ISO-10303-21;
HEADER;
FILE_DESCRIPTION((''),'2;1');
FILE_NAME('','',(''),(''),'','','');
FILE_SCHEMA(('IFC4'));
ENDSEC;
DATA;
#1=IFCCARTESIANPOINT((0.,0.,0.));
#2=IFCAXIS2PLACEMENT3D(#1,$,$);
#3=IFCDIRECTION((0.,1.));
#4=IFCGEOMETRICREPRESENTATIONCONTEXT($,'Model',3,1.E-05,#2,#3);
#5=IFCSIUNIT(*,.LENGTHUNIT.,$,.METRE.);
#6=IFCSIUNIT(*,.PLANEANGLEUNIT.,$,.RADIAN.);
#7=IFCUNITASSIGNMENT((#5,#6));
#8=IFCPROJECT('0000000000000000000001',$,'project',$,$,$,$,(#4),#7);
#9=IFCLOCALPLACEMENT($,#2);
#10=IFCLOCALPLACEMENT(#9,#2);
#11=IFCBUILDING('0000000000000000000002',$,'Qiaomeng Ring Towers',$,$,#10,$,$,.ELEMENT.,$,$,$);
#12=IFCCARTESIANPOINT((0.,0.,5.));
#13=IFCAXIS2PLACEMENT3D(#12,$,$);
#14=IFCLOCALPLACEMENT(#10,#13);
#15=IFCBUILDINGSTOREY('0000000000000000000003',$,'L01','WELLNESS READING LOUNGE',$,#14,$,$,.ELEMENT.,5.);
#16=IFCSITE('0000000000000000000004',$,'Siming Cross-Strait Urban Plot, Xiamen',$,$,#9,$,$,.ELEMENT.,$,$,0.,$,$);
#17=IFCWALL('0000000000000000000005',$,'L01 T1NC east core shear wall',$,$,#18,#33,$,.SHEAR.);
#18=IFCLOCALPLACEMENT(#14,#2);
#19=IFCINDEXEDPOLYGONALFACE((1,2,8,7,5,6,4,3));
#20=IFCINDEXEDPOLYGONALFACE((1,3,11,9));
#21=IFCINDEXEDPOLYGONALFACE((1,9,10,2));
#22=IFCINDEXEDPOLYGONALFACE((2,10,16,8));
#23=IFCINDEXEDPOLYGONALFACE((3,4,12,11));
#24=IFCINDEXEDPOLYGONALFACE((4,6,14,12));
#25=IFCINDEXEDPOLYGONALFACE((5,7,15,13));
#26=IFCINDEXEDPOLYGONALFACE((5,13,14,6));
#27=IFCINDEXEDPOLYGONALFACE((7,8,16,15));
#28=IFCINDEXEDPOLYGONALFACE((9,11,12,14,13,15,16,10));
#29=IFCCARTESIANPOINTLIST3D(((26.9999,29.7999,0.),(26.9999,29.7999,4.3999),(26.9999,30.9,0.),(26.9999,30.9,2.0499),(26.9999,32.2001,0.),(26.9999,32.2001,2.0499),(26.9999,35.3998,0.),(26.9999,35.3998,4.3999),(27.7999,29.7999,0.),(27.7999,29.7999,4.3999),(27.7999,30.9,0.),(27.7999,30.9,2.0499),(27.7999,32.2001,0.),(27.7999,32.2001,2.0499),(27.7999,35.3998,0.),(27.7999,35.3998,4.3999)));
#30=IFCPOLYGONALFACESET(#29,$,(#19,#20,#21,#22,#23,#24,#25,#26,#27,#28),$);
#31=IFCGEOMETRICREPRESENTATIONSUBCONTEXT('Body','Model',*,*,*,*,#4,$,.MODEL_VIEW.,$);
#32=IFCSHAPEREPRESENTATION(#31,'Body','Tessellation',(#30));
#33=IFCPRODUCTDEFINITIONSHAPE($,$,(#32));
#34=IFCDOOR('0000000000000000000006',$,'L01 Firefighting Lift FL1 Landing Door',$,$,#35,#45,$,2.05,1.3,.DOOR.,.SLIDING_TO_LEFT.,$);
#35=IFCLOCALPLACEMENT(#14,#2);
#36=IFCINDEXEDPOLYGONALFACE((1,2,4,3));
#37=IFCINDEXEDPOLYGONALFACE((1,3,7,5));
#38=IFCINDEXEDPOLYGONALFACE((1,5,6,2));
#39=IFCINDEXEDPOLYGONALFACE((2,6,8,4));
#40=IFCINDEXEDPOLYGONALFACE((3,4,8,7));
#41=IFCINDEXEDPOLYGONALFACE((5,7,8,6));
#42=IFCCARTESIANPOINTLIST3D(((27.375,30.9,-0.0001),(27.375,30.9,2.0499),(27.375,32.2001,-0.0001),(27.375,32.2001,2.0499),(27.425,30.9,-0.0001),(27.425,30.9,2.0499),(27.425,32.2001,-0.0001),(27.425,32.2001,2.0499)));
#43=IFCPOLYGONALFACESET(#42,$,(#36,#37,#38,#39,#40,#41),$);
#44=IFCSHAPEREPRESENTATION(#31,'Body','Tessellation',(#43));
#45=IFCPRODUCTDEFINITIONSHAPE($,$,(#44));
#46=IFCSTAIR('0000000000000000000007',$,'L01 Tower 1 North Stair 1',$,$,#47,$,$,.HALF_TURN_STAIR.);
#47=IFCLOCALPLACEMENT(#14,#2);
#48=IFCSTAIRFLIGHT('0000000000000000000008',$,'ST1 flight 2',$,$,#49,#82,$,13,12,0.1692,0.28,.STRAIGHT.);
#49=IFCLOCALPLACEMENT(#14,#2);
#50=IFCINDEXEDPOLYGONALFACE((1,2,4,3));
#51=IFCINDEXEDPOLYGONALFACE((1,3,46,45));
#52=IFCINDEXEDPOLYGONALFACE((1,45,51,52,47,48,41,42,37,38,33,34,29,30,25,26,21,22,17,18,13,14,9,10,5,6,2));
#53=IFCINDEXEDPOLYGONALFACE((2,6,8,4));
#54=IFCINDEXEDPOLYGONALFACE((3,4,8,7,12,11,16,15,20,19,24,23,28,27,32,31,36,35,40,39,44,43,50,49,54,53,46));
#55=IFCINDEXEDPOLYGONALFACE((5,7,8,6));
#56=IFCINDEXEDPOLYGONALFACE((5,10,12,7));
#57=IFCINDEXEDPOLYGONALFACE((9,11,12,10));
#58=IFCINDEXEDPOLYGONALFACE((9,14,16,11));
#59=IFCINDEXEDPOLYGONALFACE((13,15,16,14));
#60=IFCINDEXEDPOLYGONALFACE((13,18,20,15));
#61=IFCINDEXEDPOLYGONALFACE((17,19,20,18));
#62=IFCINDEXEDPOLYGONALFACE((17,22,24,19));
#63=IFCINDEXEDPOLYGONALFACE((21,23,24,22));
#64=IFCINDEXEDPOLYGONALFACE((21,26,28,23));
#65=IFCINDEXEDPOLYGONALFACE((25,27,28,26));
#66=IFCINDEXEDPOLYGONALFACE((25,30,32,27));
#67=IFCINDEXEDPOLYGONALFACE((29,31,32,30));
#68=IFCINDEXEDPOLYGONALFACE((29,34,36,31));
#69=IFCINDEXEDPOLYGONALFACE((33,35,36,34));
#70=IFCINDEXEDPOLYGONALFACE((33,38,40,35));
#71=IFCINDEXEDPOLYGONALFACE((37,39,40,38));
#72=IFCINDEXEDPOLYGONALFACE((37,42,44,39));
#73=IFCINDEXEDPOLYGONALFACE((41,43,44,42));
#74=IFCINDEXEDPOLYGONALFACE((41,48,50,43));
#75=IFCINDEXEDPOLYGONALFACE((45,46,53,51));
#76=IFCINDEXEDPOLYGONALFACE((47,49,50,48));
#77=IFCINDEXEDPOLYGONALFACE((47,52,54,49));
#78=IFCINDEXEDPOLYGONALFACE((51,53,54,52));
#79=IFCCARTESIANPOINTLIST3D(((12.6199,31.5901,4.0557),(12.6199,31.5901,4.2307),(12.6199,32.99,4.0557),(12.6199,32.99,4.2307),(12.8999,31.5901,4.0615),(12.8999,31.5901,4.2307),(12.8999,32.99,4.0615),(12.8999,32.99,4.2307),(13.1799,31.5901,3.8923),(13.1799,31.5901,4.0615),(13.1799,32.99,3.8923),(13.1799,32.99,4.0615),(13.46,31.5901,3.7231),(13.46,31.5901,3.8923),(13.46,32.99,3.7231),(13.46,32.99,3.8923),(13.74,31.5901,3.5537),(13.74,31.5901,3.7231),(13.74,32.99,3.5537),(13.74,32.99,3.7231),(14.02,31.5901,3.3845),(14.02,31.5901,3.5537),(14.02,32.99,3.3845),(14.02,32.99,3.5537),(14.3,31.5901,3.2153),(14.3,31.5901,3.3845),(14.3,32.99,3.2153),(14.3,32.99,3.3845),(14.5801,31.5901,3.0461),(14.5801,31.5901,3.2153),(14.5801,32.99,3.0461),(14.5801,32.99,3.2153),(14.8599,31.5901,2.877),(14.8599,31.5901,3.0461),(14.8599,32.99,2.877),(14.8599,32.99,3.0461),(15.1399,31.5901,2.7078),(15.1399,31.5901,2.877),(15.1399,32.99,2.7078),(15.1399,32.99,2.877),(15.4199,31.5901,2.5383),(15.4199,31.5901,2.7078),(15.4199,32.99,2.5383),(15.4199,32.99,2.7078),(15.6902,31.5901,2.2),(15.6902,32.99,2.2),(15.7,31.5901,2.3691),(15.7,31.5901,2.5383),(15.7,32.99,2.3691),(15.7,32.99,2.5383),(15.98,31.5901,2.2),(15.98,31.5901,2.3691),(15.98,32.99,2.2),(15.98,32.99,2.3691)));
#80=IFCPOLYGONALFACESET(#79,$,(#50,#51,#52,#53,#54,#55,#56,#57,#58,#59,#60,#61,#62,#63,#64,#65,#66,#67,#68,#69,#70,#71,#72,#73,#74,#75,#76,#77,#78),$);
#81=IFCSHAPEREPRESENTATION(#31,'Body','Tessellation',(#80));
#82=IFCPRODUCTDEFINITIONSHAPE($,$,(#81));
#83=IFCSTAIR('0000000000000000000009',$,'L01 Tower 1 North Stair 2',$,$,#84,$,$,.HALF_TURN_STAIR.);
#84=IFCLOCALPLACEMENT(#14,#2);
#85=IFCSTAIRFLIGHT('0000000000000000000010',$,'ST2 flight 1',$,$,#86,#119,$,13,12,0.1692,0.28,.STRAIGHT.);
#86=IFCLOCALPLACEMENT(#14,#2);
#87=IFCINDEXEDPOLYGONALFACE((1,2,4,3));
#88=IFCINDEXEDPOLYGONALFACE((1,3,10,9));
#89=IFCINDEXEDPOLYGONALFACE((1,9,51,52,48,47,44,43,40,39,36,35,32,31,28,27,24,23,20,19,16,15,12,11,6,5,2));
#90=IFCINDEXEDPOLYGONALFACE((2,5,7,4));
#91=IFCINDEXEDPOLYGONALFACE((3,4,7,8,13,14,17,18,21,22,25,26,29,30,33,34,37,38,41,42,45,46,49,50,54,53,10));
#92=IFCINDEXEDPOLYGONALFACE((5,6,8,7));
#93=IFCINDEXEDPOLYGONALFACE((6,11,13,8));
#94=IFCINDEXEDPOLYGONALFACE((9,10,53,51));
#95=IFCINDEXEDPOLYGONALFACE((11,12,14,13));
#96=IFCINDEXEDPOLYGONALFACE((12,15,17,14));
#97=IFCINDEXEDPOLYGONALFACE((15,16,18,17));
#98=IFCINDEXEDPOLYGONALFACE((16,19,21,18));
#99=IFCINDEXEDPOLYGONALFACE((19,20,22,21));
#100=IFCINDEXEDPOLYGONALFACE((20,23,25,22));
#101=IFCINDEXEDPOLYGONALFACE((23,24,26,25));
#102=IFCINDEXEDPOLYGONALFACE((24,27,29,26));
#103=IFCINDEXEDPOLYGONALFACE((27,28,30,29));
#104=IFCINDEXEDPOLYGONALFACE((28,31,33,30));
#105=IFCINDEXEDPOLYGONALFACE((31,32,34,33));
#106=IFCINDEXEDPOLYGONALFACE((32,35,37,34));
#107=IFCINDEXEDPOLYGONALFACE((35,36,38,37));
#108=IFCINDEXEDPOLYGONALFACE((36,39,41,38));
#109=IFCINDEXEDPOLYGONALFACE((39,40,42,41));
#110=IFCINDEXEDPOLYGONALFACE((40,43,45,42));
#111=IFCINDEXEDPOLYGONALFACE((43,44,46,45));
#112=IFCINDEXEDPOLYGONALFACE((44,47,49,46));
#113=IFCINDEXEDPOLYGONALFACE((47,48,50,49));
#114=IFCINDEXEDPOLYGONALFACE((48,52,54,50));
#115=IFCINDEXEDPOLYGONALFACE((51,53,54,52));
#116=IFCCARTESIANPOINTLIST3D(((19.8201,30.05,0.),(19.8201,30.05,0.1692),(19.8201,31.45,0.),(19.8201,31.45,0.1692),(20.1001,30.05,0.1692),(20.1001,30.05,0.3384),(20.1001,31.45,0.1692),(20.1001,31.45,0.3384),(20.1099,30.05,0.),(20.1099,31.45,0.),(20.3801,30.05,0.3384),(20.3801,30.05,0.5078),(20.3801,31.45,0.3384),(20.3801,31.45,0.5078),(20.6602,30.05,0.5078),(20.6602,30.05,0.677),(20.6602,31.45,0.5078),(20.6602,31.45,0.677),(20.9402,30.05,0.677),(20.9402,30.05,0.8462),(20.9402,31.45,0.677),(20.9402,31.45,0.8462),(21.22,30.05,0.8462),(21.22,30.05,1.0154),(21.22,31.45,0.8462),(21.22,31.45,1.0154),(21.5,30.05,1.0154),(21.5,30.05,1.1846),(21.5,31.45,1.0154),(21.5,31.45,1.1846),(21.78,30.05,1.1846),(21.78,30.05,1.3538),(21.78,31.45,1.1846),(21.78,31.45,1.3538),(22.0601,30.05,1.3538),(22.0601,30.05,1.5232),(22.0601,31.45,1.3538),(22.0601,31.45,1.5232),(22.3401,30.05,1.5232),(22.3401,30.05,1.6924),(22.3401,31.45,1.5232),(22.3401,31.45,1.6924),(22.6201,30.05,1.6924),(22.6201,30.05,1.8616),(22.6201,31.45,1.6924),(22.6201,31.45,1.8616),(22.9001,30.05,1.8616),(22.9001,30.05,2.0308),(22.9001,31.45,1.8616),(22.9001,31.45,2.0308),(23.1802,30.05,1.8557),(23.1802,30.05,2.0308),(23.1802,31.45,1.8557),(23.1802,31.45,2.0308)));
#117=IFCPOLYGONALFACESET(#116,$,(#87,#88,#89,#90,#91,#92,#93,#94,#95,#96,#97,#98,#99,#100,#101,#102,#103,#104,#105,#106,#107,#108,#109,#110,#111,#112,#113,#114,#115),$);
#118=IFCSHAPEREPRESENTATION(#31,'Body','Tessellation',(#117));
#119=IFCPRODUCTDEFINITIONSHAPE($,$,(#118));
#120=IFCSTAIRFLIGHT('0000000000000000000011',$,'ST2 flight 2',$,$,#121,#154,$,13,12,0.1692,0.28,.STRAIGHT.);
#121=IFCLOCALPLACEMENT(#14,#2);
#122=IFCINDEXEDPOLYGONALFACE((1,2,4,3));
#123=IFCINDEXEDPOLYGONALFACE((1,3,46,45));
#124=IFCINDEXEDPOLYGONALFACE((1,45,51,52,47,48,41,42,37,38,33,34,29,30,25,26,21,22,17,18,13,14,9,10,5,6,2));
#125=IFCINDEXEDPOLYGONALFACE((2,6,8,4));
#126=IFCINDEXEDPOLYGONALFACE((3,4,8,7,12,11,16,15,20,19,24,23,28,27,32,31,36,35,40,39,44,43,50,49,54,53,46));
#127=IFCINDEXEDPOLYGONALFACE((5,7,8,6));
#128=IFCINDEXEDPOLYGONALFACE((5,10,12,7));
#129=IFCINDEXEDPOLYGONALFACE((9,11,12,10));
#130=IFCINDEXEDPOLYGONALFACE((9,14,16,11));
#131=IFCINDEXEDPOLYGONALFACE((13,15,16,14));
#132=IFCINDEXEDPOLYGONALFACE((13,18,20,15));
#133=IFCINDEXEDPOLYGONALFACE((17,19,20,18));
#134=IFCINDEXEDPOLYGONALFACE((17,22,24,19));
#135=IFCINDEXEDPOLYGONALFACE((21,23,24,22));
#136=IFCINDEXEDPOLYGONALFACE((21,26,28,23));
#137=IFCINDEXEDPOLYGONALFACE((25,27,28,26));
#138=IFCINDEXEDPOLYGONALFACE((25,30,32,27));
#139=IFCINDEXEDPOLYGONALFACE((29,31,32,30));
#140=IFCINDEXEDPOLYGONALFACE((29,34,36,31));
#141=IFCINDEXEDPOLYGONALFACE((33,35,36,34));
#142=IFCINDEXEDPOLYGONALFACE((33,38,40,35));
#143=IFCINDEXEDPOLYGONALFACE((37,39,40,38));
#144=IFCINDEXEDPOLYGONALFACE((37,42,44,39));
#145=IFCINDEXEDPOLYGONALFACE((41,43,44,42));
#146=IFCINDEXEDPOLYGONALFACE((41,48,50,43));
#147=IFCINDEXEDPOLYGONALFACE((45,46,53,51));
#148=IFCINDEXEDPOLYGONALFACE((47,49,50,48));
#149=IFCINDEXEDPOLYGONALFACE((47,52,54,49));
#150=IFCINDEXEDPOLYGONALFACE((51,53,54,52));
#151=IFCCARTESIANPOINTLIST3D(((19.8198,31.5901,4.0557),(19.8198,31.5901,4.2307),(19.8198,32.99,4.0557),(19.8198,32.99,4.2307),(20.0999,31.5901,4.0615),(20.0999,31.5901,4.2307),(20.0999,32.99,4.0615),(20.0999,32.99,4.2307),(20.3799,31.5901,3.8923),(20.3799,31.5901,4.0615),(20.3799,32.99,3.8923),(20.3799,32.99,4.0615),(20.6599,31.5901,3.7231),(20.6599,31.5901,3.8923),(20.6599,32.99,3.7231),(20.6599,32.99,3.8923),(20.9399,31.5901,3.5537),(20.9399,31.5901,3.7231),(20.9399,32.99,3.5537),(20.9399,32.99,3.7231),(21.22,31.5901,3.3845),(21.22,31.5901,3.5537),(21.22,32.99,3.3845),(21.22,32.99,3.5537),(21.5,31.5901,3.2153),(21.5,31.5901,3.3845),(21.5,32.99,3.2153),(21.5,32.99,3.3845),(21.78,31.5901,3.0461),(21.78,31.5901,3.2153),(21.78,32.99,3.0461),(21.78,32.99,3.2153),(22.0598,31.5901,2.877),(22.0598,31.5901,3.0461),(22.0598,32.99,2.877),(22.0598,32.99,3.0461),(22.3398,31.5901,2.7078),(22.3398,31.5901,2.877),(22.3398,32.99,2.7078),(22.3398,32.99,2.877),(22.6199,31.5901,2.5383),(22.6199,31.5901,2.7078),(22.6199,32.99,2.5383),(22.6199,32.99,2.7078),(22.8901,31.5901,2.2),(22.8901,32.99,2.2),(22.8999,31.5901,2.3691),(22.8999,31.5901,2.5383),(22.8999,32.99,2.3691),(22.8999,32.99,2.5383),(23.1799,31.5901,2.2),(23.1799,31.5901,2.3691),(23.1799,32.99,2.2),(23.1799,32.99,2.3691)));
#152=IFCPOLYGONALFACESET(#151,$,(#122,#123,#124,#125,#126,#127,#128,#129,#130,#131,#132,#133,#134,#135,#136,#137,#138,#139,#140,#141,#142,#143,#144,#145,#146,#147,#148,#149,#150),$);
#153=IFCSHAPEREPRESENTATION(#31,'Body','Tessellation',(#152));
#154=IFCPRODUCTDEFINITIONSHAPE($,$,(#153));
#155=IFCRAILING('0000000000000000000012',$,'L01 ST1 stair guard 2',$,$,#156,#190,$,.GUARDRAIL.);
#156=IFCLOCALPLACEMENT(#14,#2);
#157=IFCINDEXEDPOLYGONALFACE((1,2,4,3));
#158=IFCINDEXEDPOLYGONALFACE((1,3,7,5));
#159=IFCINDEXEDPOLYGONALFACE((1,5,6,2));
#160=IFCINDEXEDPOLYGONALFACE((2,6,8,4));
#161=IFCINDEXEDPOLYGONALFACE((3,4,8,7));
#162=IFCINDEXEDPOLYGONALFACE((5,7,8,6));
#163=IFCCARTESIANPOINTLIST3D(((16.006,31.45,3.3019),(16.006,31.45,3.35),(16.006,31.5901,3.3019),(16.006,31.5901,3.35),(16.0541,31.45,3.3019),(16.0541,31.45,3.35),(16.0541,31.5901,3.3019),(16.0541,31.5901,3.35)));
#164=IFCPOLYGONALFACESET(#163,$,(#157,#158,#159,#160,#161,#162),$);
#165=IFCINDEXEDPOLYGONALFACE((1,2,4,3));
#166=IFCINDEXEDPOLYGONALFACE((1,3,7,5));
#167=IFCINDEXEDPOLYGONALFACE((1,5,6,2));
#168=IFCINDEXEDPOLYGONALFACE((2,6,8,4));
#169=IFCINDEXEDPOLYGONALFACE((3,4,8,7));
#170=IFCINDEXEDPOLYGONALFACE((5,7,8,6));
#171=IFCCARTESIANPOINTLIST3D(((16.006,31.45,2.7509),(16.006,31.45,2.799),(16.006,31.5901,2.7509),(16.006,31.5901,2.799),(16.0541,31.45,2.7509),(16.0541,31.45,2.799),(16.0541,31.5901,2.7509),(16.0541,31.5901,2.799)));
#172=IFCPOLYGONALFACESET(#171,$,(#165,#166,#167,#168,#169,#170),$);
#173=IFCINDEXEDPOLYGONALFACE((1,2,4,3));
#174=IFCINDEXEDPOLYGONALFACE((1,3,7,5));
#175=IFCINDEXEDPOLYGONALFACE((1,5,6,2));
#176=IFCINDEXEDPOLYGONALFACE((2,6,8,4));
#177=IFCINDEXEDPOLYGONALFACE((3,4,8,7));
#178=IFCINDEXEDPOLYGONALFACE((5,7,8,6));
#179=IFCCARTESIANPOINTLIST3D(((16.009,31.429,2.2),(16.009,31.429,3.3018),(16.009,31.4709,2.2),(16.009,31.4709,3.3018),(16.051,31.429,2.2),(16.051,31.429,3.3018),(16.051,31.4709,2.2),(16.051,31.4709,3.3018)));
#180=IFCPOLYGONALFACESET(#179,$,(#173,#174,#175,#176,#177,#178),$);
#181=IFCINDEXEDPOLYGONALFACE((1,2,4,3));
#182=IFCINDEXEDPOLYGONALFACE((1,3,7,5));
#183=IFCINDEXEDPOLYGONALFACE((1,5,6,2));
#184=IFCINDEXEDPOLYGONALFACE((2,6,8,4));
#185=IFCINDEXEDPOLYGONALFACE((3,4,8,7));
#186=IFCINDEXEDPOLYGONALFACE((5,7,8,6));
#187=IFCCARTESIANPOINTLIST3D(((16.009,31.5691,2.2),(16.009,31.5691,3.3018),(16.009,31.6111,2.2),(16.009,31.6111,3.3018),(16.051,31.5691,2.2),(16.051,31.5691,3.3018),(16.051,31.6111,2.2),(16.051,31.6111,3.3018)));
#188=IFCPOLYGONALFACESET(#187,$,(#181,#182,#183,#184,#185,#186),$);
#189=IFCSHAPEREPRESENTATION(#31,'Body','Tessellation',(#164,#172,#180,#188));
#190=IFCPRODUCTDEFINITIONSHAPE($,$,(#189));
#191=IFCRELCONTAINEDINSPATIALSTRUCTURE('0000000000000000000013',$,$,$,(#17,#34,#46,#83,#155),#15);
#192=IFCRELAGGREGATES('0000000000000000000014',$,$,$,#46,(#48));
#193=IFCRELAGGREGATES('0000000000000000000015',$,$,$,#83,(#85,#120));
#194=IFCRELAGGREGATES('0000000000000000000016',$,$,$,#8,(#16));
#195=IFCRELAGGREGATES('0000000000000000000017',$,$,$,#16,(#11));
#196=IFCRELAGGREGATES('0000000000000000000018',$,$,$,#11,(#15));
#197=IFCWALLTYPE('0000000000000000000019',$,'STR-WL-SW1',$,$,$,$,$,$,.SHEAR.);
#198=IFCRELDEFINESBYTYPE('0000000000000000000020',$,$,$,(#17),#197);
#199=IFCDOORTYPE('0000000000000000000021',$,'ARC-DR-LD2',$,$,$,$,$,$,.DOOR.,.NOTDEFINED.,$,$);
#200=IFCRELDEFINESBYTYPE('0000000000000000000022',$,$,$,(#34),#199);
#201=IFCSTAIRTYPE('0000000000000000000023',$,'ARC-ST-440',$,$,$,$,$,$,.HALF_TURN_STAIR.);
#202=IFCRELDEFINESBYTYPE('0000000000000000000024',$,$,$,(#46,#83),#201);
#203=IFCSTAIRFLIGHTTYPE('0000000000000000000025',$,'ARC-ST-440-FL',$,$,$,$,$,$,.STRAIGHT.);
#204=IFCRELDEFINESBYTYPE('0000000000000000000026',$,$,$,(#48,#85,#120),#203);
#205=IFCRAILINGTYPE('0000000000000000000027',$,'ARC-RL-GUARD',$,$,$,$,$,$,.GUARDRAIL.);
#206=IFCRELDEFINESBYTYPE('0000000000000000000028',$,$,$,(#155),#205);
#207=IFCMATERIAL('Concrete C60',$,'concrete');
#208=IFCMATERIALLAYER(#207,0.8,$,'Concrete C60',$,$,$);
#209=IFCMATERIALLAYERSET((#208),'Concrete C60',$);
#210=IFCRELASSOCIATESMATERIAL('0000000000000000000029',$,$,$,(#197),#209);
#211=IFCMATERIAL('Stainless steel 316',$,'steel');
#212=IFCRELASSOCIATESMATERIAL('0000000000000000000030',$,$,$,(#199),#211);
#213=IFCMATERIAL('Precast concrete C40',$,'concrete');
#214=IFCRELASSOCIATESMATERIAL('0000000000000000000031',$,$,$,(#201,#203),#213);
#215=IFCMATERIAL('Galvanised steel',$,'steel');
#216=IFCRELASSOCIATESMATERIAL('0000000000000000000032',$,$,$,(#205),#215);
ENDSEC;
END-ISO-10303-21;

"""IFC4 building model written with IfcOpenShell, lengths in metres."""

from ifc_helpers import new_model, si_unit, direction, frame, frame_2d, origin, origin_2d, place, context, subcontext, project, spatial, polyline, rectangle, outline, extrude, source, transform, mapped, material, layer, layer_set, type_object, element, fill, aggregate, save


model = new_model("IFC4")

# Units and contexts
model_context = context("Model", 3, precision=1e-05, world=origin(), true_north=direction((0.0, 1.0)))
body_context = subcontext(model_context, "Body", "Model", "MODEL_VIEW")
ifc_project = project(units=[si_unit("LENGTHUNIT", "METRE"), si_unit("PLANEANGLEUNIT", "RADIAN")], contexts=[model_context])

# Site, building, storey
site_placement = place(None, origin())
site = spatial("IfcSite", under=ifc_project, at=site_placement, Name="Siming Cross-Strait Urban Plot, Xiamen", CompositionType="ELEMENT", RefElevation=0.0)
building_placement = place(site_placement, origin())
building = spatial("IfcBuilding", under=site, at=building_placement, Name="Qiaomeng Ring Towers", CompositionType="ELEMENT")
storey_placement = place(building_placement, frame((0.0, 0.0, 5.0)))
storey = spatial("IfcBuildingStorey", under=building, at=storey_placement, Name="L01", Description="WELLNESS READING LOUNGE", CompositionType="ELEMENT", Elevation=5.0)

# Shared definitions
ifc_material_1 = material(Name="Galvanised steel", Category="steel")

# Wall, opening, door
ifc_material_2 = material(Name="Concrete C60", Category="concrete")
ifc_layer_1 = layer(ifc_material_2, 0.8, Name="Concrete C60")
ifc_layer_set_1 = layer_set([ifc_layer_1], Name="Concrete C60")
wall_type_1 = type_object("IfcWallType", Name="STR-WL-SW1", PredefinedType="SHEAR", material=ifc_layer_set_1)
wall_1_placement = place(storey_placement, frame((27.3999, 29.8, 0.0), z_axis=(0.0, 0.0, 1.0), x_axis=(0.0, 1.0, 0.0)))
wall_1 = element("IfcWall", 1, at=wall_1_placement, inside=storey, type_object=wall_type_1, Name="L01 T1NC east core shear wall", PredefinedType="SHEAR", context=body_context, shape_type="SweptSolid", body=[
    extrude(rectangle(XDim=5.5999, YDim=0.8, at=frame_2d((2.7998, 0.0))), origin(), (0.0, 0.0, 1.0), 4.3999),
])
opening_1_placement = place(wall_1_placement, frame((1.1001, 0.0, 0.0)))
opening_1 = element("IfcOpeningElement", 2, at=opening_1_placement, cuts=wall_1, PredefinedType="OPENING", context=body_context, shape_type="SweptSolid", body=[
    extrude(rectangle(XDim=1.3, YDim=2.05, at=frame_2d((0.6499, 1.0249))), frame((0.0, 0.4099, 0.0), z_axis=(0.0, -1.0, 0.0), x_axis=(1.0, 0.0, 0.0)), (0.0, 0.0, 1.0), 0.8201),
])
ifc_material_3 = material(Name="Stainless steel 316", Category="steel")
door_type_1 = type_object("IfcDoorType", Name="ARC-DR-LD2", OperationType="NOTDEFINED", PredefinedType="DOOR", material=ifc_material_3)
shared_shape_1 = source(origin(), body_context, "Body", "SweptSolid", [
    extrude(rectangle(XDim=1.3, YDim=2.05, at=frame_2d((0.6499, 1.0249))), frame((0.0, 0.0249, 0.0), z_axis=(0.0, -1.0, 0.0), x_axis=(1.0, 0.0, 0.0)), (0.0, 0.0, 1.0), 0.05),
])
door_1_placement = place(opening_1_placement, origin())
door_1 = element("IfcDoor", 3, at=door_1_placement, inside=storey, type_object=door_type_1, Name="L01 Firefighting Lift FL1 Landing Door", OperationType="SLIDING_TO_LEFT", OverallHeight=2.05, OverallWidth=1.3, PredefinedType="DOOR", context=body_context, shape_type="MappedRepresentation", body=[
    mapped(shared_shape_1, transform((0.0, 0.0, 0.0), x_axis=(1.0, 0.0, 0.0), y_axis=(0.0, 1.0, 0.0), z_axis=(0.0, 0.0, 1.0), scale=1.0)),
])
fill(opening_1, door_1)

# Stair, stair flight
ifc_material_4 = material(Name="Precast concrete C40", Category="concrete")
stair_type = type_object("IfcStairType", Name="ARC-ST-440", PredefinedType="HALF_TURN_STAIR", material=ifc_material_4)
stair_1_placement = place(storey_placement, origin())
stair_1 = element("IfcStair", 4, at=stair_1_placement, inside=storey, type_object=stair_type, Name="L01 Tower 1 North Stair 1", PredefinedType="HALF_TURN_STAIR")
stair_flight_type = type_object("IfcStairFlightType", Name="ARC-ST-440-FL", PredefinedType="STRAIGHT", material=ifc_material_4)
shared_shape_2 = source(origin(), body_context, "Body", "SweptSolid", [
    extrude(outline(polyline([(0.0, 0.0), (0.0, 0.1692), (0.28, 0.1692), (0.28, 0.3384), (0.5601, 0.3384), (0.5601, 0.5078), (0.8401, 0.5078), (0.8401, 0.677), (1.1201, 0.677), (1.1201, 0.8462), (1.3999, 0.8462), (1.3999, 1.0154), (1.6799, 1.0154), (1.6799, 1.1846), (1.96, 1.1846), (1.96, 1.3538), (2.24, 1.3538), (2.24, 1.5232), (2.52, 1.5232), (2.52, 1.6924), (2.8, 1.6924), (2.8, 1.8616), (3.0801, 1.8616), (3.0801, 2.0308), (3.3601, 2.0308), (3.3601, 2.2), (3.3601, 1.8557), (0.2898, 0.0), (0.0, 0.0)])), frame((0.0, 0.7, 0.0), z_axis=(0.0, -1.0, 0.0), x_axis=(1.0, 0.0, 0.0)), (0.0, 0.0, 1.0), 1.3999),
])
stair_flight_1_placement = place(storey_placement, frame((15.98, 32.29, 2.2), z_axis=(0.0, 0.0, 1.0), x_axis=(-1.0, 0.0, 0.0)))
stair_flight_1 = element("IfcStairFlight", 5, at=stair_flight_1_placement, type_object=stair_flight_type, Name="ST1 flight 2", NumberOfRisers=13, NumberOfTreads=12, PredefinedType="STRAIGHT", RiserHeight=0.1692, TreadLength=0.28, context=body_context, shape_type="MappedRepresentation", body=[
    mapped(shared_shape_2, transform((0.0, 0.0, 0.0), x_axis=(1.0, 0.0, 0.0), y_axis=(0.0, 1.0, 0.0), z_axis=(0.0, 0.0, 1.0), scale=1.0)),
])
aggregate(stair_1, [stair_flight_1])

# Stair, stair flights
stair_2_placement = place(storey_placement, origin())
stair_2 = element("IfcStair", 6, at=stair_2_placement, inside=storey, type_object=stair_type, Name="L01 Tower 1 North Stair 2", PredefinedType="HALF_TURN_STAIR")
stair_flight_2_placement = place(storey_placement, frame((19.8201, 30.75, 0.0), z_axis=(0.0, 0.0, 1.0), x_axis=(1.0, 0.0, 0.0)))
stair_flight_2 = element("IfcStairFlight", 7, at=stair_flight_2_placement, type_object=stair_flight_type, Name="ST2 flight 1", NumberOfRisers=13, NumberOfTreads=12, PredefinedType="STRAIGHT", RiserHeight=0.1692, TreadLength=0.28, context=body_context, shape_type="MappedRepresentation", body=[
    mapped(shared_shape_2, transform((0.0, 0.0, 0.0), x_axis=(1.0, 0.0, 0.0), y_axis=(0.0, 1.0, 0.0), z_axis=(0.0, 0.0, 1.0), scale=1.0)),
])
stair_flight_3_placement = place(storey_placement, frame((23.1799, 32.29, 2.2), z_axis=(0.0, 0.0, 1.0), x_axis=(-1.0, 0.0, 0.0)))
stair_flight_3 = element("IfcStairFlight", 8, at=stair_flight_3_placement, type_object=stair_flight_type, Name="ST2 flight 2", NumberOfRisers=13, NumberOfTreads=12, PredefinedType="STRAIGHT", RiserHeight=0.1692, TreadLength=0.28, context=body_context, shape_type="MappedRepresentation", body=[
    mapped(shared_shape_2, transform((0.0, 0.0, 0.0), x_axis=(1.0, 0.0, 0.0), y_axis=(0.0, 1.0, 0.0), z_axis=(0.0, 0.0, 1.0), scale=1.0)),
])
aggregate(stair_2, [stair_flight_2, stair_flight_3])

# Railing
railing_type_1 = type_object("IfcRailingType", Name="ARC-RL-GUARD", PredefinedType="GUARDRAIL", material=ifc_material_1)
railing_1_placement = place(storey_placement, frame((16.03, 31.45, 2.2)))
element("IfcRailing", 9, at=railing_1_placement, inside=storey, type_object=railing_type_1, Name="L01 ST1 stair guard 2", PredefinedType="GUARDRAIL", context=body_context, shape_type="SweptSolid", body=[
    extrude(rectangle(XDim=0.0481, YDim=0.0481, at=origin_2d()), frame((0.0, 0.0, 1.126), z_axis=(0.0, 1.0, 0.0), x_axis=(-1.0, 0.0, 0.0)), (0.0, 0.0, 1.0), 0.1401),
    extrude(rectangle(XDim=0.0481, YDim=0.0481, at=origin_2d()), frame((0.0, 0.0, 0.575), z_axis=(0.0, 1.0, 0.0), x_axis=(-1.0, 0.0, 0.0)), (0.0, 0.0, 1.0), 0.1401),
    extrude(rectangle(XDim=0.042, YDim=0.042, at=origin_2d()), origin(), (0.0, 0.0, 1.0), 1.1018),
    extrude(rectangle(XDim=0.042, YDim=0.042, at=origin_2d()), frame((0.0, 0.1401, 0.0)), (0.0, 0.0, 1.0), 1.1018),
])

save(model, "model.ifc")
